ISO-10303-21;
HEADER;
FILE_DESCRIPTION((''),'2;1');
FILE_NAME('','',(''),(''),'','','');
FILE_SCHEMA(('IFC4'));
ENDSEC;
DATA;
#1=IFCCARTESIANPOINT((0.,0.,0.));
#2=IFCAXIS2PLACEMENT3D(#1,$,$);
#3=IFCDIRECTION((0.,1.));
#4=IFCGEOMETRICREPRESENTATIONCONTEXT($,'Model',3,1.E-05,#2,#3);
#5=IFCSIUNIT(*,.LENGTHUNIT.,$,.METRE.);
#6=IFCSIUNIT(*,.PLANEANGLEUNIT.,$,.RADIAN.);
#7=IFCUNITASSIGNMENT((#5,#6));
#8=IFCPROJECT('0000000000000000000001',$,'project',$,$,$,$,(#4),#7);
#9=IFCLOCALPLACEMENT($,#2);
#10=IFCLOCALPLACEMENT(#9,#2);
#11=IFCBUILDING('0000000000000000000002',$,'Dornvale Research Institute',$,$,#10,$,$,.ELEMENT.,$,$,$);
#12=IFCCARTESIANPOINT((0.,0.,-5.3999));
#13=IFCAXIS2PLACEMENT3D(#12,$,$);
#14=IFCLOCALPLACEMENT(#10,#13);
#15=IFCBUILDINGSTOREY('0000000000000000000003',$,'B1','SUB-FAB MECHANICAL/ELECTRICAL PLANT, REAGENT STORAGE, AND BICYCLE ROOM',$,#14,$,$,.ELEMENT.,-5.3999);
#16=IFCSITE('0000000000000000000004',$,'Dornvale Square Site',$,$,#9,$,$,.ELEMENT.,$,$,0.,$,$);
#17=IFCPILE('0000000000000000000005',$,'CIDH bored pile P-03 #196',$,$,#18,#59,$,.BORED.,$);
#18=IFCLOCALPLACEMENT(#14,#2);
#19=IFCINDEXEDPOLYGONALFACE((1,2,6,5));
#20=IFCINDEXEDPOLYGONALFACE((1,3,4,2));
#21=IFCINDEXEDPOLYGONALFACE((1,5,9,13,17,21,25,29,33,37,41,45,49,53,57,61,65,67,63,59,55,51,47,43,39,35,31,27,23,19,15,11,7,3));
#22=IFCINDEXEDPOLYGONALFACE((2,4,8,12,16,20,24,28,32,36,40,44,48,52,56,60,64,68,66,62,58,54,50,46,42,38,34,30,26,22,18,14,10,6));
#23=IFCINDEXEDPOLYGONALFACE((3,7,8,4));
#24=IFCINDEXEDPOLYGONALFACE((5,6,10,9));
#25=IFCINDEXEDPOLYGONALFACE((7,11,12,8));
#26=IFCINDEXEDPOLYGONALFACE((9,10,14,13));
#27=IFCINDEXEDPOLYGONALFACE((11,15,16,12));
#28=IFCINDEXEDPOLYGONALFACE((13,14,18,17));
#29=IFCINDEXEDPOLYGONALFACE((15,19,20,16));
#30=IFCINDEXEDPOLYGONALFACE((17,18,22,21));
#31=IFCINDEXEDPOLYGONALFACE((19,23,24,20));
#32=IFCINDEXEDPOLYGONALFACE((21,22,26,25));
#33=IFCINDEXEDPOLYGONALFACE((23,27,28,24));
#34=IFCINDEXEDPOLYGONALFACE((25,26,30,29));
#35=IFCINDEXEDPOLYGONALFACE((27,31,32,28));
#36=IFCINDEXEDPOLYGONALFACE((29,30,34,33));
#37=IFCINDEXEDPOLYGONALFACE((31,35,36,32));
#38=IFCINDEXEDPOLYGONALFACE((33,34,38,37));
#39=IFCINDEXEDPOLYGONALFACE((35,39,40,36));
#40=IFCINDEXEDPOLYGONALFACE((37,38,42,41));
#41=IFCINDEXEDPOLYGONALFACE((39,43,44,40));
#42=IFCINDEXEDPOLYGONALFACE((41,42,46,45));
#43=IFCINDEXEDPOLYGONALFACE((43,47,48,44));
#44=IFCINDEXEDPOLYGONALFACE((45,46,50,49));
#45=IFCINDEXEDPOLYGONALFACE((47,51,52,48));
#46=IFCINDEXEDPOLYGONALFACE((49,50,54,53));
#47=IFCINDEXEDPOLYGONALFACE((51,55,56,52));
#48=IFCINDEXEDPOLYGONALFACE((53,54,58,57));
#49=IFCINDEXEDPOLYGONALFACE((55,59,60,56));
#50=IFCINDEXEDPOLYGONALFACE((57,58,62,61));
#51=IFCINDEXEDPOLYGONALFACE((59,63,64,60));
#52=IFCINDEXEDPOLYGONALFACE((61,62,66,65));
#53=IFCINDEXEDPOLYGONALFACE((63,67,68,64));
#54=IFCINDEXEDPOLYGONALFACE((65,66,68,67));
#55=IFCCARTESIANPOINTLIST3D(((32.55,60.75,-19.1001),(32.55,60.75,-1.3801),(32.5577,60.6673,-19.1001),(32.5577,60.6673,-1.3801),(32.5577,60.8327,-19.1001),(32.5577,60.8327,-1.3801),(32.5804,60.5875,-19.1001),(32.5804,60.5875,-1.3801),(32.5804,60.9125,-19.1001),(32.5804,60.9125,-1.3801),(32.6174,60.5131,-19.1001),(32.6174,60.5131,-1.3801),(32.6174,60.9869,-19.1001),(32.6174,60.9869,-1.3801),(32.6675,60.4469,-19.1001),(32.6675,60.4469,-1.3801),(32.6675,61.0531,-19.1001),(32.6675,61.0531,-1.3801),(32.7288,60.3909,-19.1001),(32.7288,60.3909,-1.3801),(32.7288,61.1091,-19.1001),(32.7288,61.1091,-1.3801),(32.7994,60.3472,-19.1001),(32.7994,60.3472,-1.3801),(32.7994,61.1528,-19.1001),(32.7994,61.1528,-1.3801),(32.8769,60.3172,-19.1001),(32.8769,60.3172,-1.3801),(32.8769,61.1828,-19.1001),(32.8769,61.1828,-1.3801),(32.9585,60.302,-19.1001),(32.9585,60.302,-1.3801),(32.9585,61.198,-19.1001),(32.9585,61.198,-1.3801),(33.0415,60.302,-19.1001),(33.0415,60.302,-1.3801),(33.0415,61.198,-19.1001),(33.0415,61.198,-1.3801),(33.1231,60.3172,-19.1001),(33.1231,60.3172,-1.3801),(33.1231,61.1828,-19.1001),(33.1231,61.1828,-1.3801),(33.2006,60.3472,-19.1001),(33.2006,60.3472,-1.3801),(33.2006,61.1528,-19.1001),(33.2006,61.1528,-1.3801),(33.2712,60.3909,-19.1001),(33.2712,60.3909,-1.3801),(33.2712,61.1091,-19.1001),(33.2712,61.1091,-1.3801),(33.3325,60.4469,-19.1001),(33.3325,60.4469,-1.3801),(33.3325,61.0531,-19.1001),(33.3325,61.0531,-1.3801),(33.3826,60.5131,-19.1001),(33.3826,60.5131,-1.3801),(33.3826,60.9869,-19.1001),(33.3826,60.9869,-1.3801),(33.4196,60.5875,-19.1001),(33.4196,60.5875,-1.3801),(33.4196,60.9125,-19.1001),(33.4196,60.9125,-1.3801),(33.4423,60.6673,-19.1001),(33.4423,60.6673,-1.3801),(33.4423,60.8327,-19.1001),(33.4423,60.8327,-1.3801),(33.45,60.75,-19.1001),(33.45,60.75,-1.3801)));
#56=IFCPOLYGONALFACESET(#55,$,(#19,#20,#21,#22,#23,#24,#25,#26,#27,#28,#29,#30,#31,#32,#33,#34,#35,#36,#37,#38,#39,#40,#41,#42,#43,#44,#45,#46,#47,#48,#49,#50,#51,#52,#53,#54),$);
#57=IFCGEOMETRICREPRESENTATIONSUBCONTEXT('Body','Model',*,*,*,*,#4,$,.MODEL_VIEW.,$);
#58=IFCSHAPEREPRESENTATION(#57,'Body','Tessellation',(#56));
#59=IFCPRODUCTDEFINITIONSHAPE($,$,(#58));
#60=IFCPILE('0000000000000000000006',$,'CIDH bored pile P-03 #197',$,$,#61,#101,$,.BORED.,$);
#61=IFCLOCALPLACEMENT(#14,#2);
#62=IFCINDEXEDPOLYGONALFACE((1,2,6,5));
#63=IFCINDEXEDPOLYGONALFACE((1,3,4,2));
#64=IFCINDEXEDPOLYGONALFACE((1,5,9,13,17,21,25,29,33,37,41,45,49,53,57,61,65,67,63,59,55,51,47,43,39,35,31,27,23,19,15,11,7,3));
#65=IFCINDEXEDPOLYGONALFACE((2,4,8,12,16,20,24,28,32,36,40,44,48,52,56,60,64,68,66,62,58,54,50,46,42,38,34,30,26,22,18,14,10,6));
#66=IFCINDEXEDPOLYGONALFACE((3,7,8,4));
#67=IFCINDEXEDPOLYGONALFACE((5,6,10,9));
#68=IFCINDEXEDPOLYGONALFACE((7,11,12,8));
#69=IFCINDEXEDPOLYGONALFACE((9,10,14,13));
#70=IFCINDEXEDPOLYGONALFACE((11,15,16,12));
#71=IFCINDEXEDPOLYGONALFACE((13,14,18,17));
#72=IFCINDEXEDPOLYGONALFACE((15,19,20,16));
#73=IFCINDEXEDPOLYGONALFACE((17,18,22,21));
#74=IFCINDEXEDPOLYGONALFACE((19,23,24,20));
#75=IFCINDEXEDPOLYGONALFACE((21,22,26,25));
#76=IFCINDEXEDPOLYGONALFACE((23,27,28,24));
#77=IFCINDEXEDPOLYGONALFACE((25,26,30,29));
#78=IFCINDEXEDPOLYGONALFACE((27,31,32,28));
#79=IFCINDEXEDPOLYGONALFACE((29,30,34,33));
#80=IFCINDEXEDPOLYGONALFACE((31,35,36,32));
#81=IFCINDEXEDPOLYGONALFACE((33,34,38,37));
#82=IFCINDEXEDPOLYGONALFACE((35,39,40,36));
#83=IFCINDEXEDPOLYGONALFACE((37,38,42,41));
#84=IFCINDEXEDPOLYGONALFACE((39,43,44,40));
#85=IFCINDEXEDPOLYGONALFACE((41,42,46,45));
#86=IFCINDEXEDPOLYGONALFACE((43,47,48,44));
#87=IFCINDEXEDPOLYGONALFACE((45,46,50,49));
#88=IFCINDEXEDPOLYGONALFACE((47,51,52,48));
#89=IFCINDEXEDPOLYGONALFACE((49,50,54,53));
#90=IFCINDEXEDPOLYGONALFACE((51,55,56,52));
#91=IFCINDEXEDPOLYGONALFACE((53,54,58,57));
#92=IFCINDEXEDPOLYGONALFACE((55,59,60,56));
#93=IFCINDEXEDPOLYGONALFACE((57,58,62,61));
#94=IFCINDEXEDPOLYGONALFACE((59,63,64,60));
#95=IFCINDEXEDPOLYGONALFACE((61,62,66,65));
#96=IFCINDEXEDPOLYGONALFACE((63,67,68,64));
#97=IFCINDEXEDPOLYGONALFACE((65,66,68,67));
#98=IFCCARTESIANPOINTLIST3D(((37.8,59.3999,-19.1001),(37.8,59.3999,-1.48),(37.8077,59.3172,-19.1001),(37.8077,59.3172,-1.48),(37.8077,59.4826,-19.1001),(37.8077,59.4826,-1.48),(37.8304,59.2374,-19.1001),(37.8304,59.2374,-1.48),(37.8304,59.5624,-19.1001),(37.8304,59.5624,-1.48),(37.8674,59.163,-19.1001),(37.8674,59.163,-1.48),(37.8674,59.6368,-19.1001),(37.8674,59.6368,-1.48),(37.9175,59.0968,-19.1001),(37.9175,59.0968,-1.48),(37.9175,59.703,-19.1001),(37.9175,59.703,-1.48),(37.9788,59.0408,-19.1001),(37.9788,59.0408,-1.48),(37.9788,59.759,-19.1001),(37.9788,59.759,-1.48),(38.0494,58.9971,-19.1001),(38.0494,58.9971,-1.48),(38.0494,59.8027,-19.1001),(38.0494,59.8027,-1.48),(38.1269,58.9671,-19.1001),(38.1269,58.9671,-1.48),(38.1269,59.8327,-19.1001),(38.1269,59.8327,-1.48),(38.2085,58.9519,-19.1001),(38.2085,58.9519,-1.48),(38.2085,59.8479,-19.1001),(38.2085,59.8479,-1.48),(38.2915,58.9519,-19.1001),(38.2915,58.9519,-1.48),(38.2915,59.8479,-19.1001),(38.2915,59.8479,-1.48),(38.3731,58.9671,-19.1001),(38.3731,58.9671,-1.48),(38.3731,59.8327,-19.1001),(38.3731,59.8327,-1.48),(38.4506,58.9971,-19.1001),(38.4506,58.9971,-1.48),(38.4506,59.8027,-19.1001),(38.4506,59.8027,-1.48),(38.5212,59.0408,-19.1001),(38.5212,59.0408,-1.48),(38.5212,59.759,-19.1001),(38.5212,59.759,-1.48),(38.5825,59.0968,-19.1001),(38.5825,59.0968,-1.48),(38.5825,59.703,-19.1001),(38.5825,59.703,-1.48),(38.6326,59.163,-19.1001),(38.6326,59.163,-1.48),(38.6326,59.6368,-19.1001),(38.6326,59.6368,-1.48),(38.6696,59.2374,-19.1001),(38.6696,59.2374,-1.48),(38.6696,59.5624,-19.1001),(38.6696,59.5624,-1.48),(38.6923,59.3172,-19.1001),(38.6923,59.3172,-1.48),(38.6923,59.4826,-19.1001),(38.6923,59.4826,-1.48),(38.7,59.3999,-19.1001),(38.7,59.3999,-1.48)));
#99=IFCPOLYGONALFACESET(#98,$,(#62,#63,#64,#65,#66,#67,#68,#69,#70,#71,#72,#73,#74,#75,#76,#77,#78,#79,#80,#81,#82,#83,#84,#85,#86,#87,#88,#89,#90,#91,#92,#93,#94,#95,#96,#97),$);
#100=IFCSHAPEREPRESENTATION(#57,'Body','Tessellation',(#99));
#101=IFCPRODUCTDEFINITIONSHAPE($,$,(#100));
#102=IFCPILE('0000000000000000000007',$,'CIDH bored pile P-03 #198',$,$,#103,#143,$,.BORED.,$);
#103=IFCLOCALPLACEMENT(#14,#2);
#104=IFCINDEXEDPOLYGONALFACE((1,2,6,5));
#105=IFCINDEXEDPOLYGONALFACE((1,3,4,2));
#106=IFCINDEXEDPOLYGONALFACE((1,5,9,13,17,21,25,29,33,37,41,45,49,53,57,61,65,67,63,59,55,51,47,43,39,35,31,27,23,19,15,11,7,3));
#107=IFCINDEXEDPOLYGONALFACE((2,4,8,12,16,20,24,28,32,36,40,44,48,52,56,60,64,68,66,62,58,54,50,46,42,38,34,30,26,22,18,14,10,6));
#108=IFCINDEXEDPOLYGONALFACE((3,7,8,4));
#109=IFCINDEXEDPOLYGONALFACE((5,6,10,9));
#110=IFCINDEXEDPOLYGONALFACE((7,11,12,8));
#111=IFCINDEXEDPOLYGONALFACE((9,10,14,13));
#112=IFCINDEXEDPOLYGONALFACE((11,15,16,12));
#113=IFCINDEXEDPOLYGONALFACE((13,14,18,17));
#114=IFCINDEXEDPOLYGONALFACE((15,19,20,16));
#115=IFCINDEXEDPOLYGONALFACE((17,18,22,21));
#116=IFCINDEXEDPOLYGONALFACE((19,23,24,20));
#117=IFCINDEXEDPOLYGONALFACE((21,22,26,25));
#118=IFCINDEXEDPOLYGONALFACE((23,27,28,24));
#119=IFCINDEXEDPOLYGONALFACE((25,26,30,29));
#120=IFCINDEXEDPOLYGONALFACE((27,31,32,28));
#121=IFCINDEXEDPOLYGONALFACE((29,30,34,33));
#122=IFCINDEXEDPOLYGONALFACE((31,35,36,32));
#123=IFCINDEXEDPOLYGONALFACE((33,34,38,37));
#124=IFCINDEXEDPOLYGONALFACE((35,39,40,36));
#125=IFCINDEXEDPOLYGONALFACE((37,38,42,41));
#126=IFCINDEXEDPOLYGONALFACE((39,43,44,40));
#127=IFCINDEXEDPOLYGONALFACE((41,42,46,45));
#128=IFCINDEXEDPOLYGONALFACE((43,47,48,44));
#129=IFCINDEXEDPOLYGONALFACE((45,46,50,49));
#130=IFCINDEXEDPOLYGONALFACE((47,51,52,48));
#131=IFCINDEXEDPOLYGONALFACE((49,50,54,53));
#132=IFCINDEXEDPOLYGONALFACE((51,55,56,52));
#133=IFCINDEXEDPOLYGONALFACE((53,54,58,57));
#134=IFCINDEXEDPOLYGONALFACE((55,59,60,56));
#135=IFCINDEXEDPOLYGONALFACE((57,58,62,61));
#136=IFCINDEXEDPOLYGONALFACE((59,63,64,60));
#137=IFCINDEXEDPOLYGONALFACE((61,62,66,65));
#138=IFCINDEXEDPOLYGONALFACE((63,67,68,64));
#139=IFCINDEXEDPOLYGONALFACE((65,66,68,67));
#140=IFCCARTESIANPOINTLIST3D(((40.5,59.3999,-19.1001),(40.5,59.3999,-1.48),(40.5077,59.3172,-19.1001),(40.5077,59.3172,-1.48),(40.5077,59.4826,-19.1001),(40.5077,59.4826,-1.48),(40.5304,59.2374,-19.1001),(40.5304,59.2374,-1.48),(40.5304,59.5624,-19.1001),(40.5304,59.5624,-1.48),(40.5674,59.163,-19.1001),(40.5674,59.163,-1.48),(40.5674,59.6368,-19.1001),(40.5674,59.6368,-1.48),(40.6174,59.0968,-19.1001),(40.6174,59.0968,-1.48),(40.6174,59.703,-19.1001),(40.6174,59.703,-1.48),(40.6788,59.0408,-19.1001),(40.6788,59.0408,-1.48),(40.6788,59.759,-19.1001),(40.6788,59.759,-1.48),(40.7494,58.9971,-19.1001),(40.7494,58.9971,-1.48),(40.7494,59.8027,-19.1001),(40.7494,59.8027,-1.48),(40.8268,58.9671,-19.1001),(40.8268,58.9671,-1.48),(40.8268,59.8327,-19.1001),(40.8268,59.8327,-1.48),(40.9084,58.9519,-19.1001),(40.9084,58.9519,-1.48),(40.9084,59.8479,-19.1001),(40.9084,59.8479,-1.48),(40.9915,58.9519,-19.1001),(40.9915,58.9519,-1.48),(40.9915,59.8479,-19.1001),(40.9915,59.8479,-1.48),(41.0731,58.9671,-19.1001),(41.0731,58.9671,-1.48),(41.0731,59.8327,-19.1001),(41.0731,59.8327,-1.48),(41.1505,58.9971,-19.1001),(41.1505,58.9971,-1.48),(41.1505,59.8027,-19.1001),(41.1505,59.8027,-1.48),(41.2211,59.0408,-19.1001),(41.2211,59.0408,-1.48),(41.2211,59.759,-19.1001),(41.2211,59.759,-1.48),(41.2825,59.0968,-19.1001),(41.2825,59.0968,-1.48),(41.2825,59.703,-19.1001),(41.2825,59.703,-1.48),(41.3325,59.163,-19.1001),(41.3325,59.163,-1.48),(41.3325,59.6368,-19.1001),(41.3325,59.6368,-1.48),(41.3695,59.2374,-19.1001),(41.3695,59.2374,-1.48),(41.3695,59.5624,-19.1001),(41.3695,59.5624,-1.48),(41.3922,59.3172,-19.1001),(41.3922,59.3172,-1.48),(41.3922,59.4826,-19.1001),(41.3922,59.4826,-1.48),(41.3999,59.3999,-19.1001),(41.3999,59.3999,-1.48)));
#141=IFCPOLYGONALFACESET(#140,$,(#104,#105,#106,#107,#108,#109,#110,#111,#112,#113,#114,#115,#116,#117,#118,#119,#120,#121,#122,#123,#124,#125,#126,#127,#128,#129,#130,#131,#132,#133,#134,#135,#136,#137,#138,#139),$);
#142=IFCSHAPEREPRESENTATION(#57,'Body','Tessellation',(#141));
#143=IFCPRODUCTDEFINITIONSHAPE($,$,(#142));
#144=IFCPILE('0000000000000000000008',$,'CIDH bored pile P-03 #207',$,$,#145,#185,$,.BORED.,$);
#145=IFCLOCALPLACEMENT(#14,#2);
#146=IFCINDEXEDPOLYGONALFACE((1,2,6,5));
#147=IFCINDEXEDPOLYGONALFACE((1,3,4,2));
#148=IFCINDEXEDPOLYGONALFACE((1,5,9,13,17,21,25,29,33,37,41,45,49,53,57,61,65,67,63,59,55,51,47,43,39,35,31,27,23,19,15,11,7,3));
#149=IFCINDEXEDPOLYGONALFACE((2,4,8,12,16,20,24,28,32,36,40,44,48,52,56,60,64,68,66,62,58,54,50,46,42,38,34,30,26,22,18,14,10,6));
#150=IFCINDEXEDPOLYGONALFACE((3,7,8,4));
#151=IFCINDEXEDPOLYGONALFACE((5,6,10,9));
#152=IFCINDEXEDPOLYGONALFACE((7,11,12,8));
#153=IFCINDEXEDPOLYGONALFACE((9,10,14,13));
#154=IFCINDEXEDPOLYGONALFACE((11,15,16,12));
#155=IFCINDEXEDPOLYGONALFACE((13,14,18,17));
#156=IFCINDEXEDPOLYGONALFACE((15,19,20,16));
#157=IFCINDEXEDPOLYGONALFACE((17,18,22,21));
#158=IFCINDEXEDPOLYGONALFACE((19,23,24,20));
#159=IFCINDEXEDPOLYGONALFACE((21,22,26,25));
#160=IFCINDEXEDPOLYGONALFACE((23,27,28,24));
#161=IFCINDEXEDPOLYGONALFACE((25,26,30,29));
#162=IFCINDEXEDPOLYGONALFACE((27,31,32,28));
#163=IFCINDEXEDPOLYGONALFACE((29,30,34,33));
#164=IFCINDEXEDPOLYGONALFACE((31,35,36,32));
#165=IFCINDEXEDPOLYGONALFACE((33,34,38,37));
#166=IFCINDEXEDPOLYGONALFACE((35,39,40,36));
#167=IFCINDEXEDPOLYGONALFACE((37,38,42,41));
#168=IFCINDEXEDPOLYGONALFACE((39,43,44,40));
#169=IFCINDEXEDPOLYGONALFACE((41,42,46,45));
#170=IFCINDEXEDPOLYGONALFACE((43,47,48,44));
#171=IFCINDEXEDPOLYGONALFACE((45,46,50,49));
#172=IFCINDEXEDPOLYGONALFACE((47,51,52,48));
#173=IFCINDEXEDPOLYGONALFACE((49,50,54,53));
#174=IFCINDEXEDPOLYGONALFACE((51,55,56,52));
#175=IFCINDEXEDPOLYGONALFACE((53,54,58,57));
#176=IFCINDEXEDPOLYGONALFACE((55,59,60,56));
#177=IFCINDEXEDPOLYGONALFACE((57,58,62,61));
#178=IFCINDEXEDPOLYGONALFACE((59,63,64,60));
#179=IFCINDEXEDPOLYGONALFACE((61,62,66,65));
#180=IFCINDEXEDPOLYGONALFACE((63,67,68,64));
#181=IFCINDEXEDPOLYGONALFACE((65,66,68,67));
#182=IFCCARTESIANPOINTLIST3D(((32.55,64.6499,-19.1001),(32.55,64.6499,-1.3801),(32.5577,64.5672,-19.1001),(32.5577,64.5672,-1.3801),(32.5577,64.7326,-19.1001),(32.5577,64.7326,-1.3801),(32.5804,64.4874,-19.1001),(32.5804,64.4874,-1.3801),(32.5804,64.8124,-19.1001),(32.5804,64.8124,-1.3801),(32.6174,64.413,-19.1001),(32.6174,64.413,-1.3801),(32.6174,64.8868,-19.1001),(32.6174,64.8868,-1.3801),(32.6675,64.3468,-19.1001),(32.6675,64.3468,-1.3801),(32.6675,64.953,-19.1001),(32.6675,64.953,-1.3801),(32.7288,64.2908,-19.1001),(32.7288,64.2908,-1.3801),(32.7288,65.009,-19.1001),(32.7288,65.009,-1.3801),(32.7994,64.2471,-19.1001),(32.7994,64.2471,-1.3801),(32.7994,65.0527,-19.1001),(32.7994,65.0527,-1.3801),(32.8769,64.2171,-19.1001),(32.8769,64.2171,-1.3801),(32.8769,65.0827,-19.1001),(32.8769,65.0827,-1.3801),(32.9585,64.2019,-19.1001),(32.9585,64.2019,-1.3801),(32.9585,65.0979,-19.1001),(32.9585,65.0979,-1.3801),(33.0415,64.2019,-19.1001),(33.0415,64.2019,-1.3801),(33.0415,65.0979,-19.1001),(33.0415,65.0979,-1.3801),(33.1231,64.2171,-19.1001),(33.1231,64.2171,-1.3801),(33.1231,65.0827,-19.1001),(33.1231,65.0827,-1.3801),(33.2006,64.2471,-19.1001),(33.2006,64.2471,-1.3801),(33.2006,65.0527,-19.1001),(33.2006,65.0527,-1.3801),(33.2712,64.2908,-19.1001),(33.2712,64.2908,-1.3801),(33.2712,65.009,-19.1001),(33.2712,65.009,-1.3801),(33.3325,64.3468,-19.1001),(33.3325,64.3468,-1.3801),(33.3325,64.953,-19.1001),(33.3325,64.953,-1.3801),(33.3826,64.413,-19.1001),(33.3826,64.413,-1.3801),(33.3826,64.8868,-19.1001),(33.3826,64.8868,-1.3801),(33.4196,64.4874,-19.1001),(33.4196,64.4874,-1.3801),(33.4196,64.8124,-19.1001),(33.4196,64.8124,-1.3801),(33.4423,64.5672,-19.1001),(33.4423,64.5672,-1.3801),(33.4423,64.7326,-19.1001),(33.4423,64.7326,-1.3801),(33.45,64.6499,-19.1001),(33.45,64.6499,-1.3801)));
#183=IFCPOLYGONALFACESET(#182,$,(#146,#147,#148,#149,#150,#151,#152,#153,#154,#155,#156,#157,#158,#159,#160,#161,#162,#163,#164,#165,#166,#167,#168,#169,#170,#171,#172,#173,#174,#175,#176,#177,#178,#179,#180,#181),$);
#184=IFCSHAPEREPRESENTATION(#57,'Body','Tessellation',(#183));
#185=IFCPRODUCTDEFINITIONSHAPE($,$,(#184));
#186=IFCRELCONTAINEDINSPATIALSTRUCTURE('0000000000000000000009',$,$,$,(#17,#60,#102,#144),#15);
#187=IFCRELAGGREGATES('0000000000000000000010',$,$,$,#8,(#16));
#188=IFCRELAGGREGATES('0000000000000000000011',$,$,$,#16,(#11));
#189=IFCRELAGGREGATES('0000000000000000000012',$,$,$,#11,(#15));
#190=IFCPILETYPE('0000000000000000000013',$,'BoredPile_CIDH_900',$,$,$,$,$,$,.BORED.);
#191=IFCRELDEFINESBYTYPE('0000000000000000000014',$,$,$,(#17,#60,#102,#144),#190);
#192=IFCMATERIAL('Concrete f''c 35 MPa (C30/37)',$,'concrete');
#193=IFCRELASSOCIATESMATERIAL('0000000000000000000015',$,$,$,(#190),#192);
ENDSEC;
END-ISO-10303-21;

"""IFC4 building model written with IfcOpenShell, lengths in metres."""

from ifc_helpers import new_model, si_unit, direction, frame, origin, origin_2d, place, context, subcontext, project, spatial, circle, extrude, material, material_profile, profile_set, type_object, element, save


model = new_model("IFC4")

# Units and contexts
model_context = context("Model", 3, precision=1e-05, world=origin(), true_north=direction((0.0, 1.0)))
body_context = subcontext(model_context, "Body", "Model", "MODEL_VIEW")
ifc_project = project(units=[si_unit("LENGTHUNIT", "METRE"), si_unit("PLANEANGLEUNIT", "RADIAN")], contexts=[model_context])

# Site, building, storey
site_placement = place(None, origin())
site = spatial("IfcSite", under=ifc_project, at=site_placement, Name="Dornvale Square Site", CompositionType="ELEMENT", RefElevation=0.0)
building_placement = place(site_placement, origin())
building = spatial("IfcBuilding", under=site, at=building_placement, Name="Dornvale Research Institute", CompositionType="ELEMENT")
storey_placement = place(building_placement, frame((0.0, 0.0, -5.3999)))
storey = spatial("IfcBuildingStorey", under=building, at=storey_placement, Name="B1", Description="SUB-FAB MECHANICAL/ELECTRICAL PLANT, REAGENT STORAGE, AND BICYCLE ROOM", CompositionType="ELEMENT", Elevation=-5.3999)

# Piles
ifc_material_1 = material(Name="Concrete f'c 35 MPa (C30/37)", Category="concrete")
ifc_material_profile_1 = material_profile(ifc_material_1, circle(Radius=0.45, at=origin_2d()), Name="CIDH PILE D900")
ifc_profile_set_1 = profile_set([ifc_material_profile_1], Name="Concrete f'c 35 MPa (C30/37)")
pile_type = type_object("IfcPileType", Name="BoredPile_CIDH_900", PredefinedType="BORED", material=ifc_profile_set_1)
pile_1_placement = place(storey_placement, frame((33.0, 60.75, -1.3801), z_axis=(0.0, 0.0, -1.0), x_axis=(1.0, 0.0, 0.0)))
element("IfcPile", 1, at=pile_1_placement, inside=storey, type_object=pile_type, Name="CIDH bored pile P-03 #196", PredefinedType="BORED", context=body_context, shape_type="SweptSolid", body=[
    extrude(circle(Radius=0.45, at=origin_2d()), origin(), (0.0, 0.0, 1.0), 17.72),
])
for number, where, z_axis, x_axis, name in (
    (2, (38.25, 59.3999, -1.48), (0.0, 0.0, -1.0), (1.0, 0.0, 0.0), "CIDH bored pile P-03 #197"),
    (3, (40.95, 59.3999, -1.48), (0.0, 0.0, -1.0), (1.0, 0.0, 0.0), "CIDH bored pile P-03 #198"),
):
    element("IfcPile", number, at=place(storey_placement, frame(where, z_axis=z_axis, x_axis=x_axis)), inside=storey, type_object=pile_type, Name=name, PredefinedType="BORED", context=body_context, shape_type="SweptSolid", body=[
        extrude(circle(Radius=0.45, at=origin_2d()), origin(), (0.0, 0.0, 1.0), 17.6201),
    ])
for number, where, z_axis, x_axis, name in (
    (4, (33.0, 64.6499, -1.3801), (0.0, 0.0, -1.0), (1.0, 0.0, 0.0), "CIDH bored pile P-03 #207"),
):
    element("IfcPile", number, at=place(storey_placement, frame(where, z_axis=z_axis, x_axis=x_axis)), inside=storey, type_object=pile_type, Name=name, PredefinedType="BORED", context=body_context, shape_type="SweptSolid", body=[
        extrude(circle(Radius=0.45, at=origin_2d()), origin(), (0.0, 0.0, 1.0), 17.72),
    ])

save(model, "model.ifc")
